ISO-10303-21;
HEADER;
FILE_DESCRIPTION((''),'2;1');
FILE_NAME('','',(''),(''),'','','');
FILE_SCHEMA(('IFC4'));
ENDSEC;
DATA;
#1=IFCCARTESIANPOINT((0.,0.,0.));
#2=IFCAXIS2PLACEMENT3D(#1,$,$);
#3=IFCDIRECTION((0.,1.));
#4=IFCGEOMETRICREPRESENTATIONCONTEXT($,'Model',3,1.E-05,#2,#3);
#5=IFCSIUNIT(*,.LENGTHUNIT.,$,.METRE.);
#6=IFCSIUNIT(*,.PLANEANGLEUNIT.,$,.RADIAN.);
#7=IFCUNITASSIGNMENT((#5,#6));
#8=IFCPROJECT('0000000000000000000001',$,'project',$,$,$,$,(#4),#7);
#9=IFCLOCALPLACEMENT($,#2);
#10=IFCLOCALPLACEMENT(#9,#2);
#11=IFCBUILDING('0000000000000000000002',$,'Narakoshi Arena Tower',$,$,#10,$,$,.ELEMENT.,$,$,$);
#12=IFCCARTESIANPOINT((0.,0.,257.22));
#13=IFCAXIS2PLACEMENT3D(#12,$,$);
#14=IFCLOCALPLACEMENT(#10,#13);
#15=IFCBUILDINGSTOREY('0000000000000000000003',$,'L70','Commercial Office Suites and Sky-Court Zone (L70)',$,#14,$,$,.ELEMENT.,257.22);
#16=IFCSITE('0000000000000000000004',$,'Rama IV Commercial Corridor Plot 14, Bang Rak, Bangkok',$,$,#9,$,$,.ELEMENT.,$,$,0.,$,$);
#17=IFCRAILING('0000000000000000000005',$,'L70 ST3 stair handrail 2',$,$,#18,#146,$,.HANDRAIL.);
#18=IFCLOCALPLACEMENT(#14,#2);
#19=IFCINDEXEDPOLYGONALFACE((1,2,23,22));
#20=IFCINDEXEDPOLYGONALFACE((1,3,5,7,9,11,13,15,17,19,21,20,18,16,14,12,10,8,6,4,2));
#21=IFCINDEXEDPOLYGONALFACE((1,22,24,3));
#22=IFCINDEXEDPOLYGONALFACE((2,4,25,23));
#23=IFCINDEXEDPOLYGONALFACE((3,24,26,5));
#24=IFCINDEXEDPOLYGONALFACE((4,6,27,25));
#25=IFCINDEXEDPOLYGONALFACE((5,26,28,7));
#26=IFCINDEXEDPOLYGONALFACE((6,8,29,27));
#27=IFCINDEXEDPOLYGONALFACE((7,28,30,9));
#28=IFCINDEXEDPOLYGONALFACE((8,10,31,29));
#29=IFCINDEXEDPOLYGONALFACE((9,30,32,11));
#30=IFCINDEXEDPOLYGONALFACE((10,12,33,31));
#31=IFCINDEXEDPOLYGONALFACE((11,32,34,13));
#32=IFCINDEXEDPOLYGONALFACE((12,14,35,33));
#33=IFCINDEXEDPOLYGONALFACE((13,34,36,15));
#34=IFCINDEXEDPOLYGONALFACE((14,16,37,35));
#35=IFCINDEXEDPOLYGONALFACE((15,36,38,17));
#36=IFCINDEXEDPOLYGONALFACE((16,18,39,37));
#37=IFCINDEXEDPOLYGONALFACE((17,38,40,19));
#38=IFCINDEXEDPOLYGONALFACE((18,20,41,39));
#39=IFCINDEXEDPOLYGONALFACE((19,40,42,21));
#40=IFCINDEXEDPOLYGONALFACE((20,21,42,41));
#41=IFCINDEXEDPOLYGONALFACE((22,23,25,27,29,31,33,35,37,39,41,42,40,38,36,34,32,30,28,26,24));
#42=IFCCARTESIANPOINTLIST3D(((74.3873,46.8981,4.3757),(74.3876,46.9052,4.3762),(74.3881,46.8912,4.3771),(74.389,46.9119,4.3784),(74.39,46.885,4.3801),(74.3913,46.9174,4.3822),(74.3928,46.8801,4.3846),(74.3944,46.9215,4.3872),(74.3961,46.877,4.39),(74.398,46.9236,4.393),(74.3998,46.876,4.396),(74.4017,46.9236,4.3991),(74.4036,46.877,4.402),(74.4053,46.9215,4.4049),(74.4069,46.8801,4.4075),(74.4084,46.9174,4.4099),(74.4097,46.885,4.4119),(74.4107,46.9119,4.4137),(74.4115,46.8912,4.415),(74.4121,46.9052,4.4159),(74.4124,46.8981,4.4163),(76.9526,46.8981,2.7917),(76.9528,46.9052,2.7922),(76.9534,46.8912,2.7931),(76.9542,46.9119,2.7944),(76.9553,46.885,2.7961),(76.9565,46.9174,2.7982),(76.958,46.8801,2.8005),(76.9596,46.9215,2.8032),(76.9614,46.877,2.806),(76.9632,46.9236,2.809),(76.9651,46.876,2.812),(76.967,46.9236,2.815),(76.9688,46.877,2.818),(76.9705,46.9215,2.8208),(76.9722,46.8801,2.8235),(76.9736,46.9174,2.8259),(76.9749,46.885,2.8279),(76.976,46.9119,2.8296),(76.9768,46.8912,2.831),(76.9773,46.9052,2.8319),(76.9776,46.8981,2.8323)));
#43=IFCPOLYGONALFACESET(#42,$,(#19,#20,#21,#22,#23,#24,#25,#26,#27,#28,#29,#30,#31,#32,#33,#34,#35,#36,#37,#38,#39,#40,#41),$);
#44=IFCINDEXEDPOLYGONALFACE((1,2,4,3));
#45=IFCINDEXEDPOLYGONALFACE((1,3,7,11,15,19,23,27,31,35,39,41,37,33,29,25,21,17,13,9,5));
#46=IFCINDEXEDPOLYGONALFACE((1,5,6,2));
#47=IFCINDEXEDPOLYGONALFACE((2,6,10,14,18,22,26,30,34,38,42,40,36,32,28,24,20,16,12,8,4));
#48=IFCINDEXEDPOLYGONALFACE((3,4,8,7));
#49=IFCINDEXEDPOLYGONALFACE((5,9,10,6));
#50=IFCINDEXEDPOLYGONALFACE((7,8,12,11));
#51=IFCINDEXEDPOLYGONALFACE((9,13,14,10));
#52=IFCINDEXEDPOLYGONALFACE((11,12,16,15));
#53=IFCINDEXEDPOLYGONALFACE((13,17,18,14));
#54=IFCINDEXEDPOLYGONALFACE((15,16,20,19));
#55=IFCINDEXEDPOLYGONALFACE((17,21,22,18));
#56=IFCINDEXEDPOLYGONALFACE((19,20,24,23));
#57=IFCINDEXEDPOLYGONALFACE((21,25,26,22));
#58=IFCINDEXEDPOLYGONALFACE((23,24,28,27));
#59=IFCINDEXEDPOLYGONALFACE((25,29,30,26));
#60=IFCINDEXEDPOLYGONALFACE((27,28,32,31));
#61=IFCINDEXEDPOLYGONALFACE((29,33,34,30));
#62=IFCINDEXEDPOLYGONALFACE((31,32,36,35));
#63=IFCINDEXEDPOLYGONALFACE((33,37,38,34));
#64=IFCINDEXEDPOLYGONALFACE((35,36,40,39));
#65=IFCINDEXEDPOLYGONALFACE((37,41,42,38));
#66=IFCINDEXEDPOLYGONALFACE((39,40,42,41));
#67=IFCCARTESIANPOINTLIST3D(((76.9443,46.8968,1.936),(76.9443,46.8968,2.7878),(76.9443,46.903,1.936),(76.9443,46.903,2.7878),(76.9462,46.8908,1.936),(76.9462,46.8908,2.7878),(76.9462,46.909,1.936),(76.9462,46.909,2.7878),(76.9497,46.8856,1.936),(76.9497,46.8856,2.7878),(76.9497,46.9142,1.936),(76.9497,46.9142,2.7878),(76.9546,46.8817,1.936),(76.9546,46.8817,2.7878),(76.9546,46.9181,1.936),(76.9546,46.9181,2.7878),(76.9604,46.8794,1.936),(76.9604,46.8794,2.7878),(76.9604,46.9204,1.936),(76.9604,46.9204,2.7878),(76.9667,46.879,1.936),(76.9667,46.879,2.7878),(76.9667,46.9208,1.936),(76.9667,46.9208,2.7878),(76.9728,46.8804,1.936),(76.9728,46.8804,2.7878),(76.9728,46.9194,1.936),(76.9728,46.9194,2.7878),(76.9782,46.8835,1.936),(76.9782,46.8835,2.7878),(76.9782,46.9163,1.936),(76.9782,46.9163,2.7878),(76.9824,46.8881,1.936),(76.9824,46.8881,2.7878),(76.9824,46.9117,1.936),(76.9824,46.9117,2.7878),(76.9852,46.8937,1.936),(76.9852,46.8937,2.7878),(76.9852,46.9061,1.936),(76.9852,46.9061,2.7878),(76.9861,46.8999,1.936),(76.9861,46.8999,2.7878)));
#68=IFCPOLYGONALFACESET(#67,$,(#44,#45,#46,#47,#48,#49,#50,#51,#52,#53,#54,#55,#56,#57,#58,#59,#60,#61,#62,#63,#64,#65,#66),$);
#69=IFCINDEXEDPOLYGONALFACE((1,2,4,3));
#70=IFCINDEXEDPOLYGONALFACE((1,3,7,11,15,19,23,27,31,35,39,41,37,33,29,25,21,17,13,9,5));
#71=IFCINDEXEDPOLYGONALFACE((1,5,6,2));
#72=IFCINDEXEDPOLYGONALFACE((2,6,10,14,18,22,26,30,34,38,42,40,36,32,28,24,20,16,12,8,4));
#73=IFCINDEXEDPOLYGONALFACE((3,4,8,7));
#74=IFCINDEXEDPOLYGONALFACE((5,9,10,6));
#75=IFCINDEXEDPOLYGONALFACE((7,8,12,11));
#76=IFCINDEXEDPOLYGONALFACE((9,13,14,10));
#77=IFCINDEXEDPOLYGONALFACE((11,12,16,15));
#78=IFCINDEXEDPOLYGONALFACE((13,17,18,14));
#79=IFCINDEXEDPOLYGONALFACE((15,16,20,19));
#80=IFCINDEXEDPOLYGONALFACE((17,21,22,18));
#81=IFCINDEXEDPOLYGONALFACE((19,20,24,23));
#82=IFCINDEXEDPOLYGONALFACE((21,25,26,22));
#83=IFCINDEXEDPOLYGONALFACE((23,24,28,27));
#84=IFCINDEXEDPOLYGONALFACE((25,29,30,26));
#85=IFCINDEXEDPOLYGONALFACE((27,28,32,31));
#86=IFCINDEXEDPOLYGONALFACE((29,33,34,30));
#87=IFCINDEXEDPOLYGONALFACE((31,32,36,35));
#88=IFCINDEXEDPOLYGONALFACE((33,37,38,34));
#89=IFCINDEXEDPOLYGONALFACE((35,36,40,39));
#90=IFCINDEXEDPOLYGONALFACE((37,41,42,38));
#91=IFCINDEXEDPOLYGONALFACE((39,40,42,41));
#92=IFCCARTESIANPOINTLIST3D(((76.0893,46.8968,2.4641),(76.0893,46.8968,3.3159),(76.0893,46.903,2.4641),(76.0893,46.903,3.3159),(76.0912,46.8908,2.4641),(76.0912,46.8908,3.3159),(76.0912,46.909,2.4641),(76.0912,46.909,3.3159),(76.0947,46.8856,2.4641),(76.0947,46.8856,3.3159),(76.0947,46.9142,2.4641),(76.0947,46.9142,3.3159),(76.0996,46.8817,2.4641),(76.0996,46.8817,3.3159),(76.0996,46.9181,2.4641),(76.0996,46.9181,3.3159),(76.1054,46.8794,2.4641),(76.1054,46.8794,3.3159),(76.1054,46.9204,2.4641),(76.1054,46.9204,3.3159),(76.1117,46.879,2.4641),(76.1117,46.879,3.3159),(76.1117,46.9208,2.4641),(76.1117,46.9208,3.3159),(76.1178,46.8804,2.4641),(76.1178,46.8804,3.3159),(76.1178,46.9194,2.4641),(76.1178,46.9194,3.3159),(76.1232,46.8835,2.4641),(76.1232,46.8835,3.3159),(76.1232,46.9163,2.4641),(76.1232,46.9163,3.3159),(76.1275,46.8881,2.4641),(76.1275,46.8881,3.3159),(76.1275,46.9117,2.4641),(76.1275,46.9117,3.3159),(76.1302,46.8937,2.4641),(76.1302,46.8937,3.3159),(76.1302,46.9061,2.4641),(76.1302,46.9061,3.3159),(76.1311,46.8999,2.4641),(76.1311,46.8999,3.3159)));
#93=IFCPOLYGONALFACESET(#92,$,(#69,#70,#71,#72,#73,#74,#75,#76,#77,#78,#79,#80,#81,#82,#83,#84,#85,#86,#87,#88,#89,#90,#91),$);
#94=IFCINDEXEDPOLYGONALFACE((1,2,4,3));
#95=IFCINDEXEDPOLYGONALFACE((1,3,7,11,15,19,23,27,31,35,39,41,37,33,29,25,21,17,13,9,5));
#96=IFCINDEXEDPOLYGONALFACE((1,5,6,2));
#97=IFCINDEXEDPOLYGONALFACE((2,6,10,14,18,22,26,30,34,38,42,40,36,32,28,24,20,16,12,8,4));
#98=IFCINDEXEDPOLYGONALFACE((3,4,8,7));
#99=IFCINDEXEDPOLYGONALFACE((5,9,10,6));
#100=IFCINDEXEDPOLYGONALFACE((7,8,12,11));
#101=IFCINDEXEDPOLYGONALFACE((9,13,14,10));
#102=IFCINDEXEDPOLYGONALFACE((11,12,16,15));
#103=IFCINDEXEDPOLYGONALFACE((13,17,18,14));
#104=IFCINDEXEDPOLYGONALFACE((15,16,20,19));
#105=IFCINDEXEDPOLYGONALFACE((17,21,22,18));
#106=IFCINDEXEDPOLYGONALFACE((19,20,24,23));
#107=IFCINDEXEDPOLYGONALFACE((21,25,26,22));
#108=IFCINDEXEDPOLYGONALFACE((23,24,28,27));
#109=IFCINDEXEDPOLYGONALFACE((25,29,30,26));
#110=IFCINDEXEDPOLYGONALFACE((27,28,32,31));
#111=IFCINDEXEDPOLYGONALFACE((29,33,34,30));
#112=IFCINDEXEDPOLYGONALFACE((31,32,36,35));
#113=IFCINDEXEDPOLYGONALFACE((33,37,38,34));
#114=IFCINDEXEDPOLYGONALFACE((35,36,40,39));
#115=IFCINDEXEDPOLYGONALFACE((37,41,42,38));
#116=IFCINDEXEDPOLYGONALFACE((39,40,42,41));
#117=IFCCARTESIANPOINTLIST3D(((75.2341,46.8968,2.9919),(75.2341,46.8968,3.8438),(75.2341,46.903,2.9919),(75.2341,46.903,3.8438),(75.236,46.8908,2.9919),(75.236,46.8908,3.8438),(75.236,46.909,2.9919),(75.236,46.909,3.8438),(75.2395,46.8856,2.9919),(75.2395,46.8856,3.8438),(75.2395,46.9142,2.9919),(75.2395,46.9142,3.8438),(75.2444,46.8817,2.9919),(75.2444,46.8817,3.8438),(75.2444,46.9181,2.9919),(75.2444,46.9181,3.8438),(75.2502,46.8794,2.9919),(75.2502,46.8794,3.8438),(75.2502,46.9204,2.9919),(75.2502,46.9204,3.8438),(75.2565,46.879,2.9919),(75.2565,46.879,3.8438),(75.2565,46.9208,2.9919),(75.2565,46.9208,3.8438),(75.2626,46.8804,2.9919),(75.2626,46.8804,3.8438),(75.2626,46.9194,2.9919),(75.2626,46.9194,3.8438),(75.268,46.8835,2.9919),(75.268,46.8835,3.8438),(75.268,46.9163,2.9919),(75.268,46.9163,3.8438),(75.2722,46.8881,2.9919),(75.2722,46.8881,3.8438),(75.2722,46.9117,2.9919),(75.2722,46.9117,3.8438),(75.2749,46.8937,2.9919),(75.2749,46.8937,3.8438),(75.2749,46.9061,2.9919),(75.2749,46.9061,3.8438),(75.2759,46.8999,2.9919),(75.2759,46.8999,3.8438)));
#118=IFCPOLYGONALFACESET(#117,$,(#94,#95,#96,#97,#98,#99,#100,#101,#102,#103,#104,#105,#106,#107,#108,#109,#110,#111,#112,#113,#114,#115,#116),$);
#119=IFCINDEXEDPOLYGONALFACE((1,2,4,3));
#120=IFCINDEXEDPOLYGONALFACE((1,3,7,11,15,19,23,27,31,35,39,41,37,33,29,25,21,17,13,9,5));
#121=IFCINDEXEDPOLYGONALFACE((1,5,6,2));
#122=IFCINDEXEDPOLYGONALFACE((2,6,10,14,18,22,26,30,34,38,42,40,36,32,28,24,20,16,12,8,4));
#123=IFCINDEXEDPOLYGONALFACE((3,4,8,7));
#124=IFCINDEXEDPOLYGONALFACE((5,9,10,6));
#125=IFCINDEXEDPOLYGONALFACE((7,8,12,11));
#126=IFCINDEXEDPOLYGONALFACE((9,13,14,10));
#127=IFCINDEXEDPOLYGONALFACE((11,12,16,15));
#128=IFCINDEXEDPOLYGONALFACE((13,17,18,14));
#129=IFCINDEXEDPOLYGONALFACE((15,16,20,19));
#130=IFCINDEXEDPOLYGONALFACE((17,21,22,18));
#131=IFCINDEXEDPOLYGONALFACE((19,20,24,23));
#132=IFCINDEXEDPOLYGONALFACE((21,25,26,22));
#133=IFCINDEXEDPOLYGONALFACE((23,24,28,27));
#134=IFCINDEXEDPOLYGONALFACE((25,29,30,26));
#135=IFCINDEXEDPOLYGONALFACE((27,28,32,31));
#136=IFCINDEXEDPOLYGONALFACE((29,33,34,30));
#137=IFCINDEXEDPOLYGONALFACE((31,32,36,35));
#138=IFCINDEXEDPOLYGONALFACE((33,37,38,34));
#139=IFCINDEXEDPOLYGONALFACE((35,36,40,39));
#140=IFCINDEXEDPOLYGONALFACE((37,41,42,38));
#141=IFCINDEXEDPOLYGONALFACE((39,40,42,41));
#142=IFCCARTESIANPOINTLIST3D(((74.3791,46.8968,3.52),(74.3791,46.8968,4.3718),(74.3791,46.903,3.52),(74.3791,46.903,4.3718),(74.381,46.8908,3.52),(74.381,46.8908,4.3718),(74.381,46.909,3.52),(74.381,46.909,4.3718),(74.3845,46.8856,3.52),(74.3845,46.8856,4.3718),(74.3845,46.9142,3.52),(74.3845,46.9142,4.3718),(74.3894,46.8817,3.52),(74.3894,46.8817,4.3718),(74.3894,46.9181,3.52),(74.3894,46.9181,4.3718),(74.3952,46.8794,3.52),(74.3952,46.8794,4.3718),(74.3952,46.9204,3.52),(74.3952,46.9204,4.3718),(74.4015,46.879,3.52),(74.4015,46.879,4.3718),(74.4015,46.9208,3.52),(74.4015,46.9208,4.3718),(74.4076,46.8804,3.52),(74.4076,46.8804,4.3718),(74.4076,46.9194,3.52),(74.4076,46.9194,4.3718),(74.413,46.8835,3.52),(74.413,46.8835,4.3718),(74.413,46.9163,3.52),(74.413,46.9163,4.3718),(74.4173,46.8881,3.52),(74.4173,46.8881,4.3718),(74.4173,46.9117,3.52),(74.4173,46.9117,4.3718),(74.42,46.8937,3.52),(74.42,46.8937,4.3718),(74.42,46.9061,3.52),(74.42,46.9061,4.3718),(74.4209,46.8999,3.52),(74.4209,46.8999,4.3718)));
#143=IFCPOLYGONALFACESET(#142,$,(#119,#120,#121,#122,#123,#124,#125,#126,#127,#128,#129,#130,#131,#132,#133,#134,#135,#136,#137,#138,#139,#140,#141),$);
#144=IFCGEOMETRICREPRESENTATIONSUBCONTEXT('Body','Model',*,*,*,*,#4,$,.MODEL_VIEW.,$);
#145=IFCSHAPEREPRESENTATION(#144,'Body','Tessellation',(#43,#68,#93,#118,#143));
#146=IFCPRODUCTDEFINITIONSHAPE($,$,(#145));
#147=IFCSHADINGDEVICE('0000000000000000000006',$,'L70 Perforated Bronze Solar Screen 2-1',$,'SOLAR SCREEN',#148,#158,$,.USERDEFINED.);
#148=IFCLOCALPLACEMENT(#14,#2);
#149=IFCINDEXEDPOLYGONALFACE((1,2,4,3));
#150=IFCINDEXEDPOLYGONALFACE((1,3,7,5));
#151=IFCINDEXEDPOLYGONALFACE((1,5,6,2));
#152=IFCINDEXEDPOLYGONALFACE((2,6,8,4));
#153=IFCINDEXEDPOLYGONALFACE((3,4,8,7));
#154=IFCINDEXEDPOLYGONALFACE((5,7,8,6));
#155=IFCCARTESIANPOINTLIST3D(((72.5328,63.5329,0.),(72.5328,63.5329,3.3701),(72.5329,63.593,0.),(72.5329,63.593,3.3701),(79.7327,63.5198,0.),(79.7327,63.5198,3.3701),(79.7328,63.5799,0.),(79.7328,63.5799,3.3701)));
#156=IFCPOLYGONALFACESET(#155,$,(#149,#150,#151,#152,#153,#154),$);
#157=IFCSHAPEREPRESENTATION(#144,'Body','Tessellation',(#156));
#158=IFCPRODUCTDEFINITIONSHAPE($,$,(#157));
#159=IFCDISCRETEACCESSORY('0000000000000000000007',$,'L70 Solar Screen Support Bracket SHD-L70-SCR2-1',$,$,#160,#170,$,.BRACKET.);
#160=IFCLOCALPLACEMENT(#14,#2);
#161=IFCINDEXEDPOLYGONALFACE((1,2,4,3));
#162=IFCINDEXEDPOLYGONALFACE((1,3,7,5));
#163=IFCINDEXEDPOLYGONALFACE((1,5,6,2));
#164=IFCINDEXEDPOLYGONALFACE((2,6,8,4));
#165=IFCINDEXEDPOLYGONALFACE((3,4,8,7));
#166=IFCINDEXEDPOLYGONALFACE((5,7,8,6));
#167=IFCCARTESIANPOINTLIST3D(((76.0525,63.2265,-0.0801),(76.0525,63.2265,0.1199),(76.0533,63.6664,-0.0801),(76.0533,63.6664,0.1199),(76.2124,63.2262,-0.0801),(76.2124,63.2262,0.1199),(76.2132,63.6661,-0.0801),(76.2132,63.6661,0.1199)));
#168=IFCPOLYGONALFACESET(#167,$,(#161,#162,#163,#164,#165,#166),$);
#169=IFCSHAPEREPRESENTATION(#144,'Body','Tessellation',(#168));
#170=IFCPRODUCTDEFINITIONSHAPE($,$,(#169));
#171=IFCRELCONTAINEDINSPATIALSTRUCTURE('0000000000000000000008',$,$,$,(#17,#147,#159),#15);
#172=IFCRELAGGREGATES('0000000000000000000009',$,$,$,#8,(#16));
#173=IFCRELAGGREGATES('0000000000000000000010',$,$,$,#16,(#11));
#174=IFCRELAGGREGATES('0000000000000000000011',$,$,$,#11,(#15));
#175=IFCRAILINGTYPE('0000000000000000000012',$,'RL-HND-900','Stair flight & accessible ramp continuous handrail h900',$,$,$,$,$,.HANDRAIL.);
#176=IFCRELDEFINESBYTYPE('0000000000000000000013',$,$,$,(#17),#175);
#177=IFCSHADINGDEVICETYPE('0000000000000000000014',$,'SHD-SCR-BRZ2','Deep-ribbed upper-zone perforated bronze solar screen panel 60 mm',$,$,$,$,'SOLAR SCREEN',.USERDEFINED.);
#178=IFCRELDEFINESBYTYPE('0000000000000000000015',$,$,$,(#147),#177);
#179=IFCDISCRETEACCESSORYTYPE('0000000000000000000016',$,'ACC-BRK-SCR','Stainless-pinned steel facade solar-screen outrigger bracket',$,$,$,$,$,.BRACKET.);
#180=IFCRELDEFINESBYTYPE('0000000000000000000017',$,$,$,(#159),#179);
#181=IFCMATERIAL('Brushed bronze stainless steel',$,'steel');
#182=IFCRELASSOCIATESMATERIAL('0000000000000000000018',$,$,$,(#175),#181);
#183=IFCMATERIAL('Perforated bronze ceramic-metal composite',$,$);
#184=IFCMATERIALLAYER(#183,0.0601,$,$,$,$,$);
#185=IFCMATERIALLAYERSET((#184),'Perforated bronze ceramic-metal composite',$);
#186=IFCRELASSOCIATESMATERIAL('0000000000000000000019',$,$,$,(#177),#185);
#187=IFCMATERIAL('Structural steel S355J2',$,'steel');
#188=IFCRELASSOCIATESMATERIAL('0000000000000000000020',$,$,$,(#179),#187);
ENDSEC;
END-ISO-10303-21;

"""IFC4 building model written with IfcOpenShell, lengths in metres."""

from ifc_helpers import new_model, si_unit, direction, frame, origin, origin_2d, place, context, subcontext, project, spatial, rectangle, circle, extrude, material, layer, layer_set, type_object, element, save


model = new_model("IFC4")

# Units and contexts
model_context = context("Model", 3, precision=1e-05, world=origin(), true_north=direction((0.0, 1.0)))
body_context = subcontext(model_context, "Body", "Model", "MODEL_VIEW")
ifc_project = project(units=[si_unit("LENGTHUNIT", "METRE"), si_unit("PLANEANGLEUNIT", "RADIAN")], contexts=[model_context])

# Site, building, storey
site_placement = place(None, origin())
site = spatial("IfcSite", under=ifc_project, at=site_placement, Name="Rama IV Commercial Corridor Plot 14, Bang Rak, Bangkok", CompositionType="ELEMENT", RefElevation=0.0)
building_placement = place(site_placement, origin())
building = spatial("IfcBuilding", under=site, at=building_placement, Name="Narakoshi Arena Tower", CompositionType="ELEMENT")
storey_placement = place(building_placement, frame((0.0, 0.0, 257.22)))
storey = spatial("IfcBuildingStorey", under=building, at=storey_placement, Name="L70", Description="Commercial Office Suites and Sky-Court Zone (L70)", CompositionType="ELEMENT", Elevation=257.22)

# Shared definitions
ifc_material_1 = material(Name="Structural steel S355J2", Category="steel")

# Shared definitions
ifc_material_2 = material(Name="Brushed bronze stainless steel", Category="steel")

# Railing
railing_type = type_object("IfcRailingType", Name="RL-HND-900", Description="Stair flight & accessible ramp continuous handrail h900", PredefinedType="HANDRAIL", material=ifc_material_2)
railing_placement = place(storey_placement, frame((76.9651, 46.8999, 1.936)))
element("IfcRailing", 1, at=railing_placement, inside=storey, type_object=railing_type, Name="L70 ST3 stair handrail 2", PredefinedType="HANDRAIL", context=body_context, shape_type="SweptSolid", body=[
    extrude(circle(Radius=0.0239, at=origin_2d()), frame((0.0, 0.0, 0.876), z_axis=(-0.850857, 0.0, 0.525398), x_axis=(0.0, -1.0, 0.0)), (0.0, 0.0, 1.0), 3.0149),
    extrude(circle(Radius=0.021, at=origin_2d()), origin(), (0.0, 0.0, 1.0), 0.8518),
    extrude(circle(Radius=0.021, at=origin_2d()), frame((-0.855, 0.0, 0.5281)), (0.0, 0.0, 1.0), 0.8518),
    extrude(circle(Radius=0.021, at=origin_2d()), frame((-1.7102, 0.0, 1.0559)), (0.0, 0.0, 1.0), 0.8518),
    extrude(circle(Radius=0.021, at=origin_2d()), frame((-2.5652, 0.0, 1.584)), (0.0, 0.0, 1.0), 0.8518),
])

# Shading device
ifc_material_3 = material(Name="Perforated bronze ceramic-metal composite")
ifc_layer_1 = layer(ifc_material_3, 0.0601)
ifc_layer_set_1 = layer_set([ifc_layer_1], Name="Perforated bronze ceramic-metal composite")
shading_device_type = type_object("IfcShadingDeviceType", Name="SHD-SCR-BRZ2", Description="Deep-ribbed upper-zone perforated bronze solar screen panel 60 mm", ElementType="SOLAR SCREEN", PredefinedType="USERDEFINED", material=ifc_layer_set_1)
shading_device_placement = place(storey_placement, frame((76.1328, 63.5564, 0.0), z_axis=(0.0, 0.0, 1.0), x_axis=(-0.999998, 0.001815, 0.0)))
element("IfcShadingDevice", 2, at=shading_device_placement, inside=storey, type_object=shading_device_type, Name="L70 Perforated Bronze Solar Screen 2-1", ObjectType="SOLAR SCREEN", PredefinedType="USERDEFINED", context=body_context, shape_type="SweptSolid", body=[
    extrude(rectangle(XDim=7.2, YDim=0.0601, at=origin_2d()), origin(), (0.0, 0.0, 1.0), 3.3701),
])

# Discrete accessory
discrete_accessory_type = type_object("IfcDiscreteAccessoryType", Name="ACC-BRK-SCR", Description="Stainless-pinned steel facade solar-screen outrigger bracket", PredefinedType="BRACKET", material=ifc_material_1)
discrete_accessory_placement = place(storey_placement, frame((76.1328, 63.4463, -0.0801), z_axis=(0.0, 0.0, 1.0), x_axis=(-0.999998, 0.001815, 0.0)))
element("IfcDiscreteAccessory", 3, at=discrete_accessory_placement, inside=storey, type_object=discrete_accessory_type, Name="L70 Solar Screen Support Bracket SHD-L70-SCR2-1", PredefinedType="BRACKET", context=body_context, shape_type="SweptSolid", body=[
    extrude(rectangle(XDim=0.1599, YDim=0.4399, at=origin_2d()), origin(), (0.0, 0.0, 1.0), 0.2),
])

save(model, "model.ifc")
